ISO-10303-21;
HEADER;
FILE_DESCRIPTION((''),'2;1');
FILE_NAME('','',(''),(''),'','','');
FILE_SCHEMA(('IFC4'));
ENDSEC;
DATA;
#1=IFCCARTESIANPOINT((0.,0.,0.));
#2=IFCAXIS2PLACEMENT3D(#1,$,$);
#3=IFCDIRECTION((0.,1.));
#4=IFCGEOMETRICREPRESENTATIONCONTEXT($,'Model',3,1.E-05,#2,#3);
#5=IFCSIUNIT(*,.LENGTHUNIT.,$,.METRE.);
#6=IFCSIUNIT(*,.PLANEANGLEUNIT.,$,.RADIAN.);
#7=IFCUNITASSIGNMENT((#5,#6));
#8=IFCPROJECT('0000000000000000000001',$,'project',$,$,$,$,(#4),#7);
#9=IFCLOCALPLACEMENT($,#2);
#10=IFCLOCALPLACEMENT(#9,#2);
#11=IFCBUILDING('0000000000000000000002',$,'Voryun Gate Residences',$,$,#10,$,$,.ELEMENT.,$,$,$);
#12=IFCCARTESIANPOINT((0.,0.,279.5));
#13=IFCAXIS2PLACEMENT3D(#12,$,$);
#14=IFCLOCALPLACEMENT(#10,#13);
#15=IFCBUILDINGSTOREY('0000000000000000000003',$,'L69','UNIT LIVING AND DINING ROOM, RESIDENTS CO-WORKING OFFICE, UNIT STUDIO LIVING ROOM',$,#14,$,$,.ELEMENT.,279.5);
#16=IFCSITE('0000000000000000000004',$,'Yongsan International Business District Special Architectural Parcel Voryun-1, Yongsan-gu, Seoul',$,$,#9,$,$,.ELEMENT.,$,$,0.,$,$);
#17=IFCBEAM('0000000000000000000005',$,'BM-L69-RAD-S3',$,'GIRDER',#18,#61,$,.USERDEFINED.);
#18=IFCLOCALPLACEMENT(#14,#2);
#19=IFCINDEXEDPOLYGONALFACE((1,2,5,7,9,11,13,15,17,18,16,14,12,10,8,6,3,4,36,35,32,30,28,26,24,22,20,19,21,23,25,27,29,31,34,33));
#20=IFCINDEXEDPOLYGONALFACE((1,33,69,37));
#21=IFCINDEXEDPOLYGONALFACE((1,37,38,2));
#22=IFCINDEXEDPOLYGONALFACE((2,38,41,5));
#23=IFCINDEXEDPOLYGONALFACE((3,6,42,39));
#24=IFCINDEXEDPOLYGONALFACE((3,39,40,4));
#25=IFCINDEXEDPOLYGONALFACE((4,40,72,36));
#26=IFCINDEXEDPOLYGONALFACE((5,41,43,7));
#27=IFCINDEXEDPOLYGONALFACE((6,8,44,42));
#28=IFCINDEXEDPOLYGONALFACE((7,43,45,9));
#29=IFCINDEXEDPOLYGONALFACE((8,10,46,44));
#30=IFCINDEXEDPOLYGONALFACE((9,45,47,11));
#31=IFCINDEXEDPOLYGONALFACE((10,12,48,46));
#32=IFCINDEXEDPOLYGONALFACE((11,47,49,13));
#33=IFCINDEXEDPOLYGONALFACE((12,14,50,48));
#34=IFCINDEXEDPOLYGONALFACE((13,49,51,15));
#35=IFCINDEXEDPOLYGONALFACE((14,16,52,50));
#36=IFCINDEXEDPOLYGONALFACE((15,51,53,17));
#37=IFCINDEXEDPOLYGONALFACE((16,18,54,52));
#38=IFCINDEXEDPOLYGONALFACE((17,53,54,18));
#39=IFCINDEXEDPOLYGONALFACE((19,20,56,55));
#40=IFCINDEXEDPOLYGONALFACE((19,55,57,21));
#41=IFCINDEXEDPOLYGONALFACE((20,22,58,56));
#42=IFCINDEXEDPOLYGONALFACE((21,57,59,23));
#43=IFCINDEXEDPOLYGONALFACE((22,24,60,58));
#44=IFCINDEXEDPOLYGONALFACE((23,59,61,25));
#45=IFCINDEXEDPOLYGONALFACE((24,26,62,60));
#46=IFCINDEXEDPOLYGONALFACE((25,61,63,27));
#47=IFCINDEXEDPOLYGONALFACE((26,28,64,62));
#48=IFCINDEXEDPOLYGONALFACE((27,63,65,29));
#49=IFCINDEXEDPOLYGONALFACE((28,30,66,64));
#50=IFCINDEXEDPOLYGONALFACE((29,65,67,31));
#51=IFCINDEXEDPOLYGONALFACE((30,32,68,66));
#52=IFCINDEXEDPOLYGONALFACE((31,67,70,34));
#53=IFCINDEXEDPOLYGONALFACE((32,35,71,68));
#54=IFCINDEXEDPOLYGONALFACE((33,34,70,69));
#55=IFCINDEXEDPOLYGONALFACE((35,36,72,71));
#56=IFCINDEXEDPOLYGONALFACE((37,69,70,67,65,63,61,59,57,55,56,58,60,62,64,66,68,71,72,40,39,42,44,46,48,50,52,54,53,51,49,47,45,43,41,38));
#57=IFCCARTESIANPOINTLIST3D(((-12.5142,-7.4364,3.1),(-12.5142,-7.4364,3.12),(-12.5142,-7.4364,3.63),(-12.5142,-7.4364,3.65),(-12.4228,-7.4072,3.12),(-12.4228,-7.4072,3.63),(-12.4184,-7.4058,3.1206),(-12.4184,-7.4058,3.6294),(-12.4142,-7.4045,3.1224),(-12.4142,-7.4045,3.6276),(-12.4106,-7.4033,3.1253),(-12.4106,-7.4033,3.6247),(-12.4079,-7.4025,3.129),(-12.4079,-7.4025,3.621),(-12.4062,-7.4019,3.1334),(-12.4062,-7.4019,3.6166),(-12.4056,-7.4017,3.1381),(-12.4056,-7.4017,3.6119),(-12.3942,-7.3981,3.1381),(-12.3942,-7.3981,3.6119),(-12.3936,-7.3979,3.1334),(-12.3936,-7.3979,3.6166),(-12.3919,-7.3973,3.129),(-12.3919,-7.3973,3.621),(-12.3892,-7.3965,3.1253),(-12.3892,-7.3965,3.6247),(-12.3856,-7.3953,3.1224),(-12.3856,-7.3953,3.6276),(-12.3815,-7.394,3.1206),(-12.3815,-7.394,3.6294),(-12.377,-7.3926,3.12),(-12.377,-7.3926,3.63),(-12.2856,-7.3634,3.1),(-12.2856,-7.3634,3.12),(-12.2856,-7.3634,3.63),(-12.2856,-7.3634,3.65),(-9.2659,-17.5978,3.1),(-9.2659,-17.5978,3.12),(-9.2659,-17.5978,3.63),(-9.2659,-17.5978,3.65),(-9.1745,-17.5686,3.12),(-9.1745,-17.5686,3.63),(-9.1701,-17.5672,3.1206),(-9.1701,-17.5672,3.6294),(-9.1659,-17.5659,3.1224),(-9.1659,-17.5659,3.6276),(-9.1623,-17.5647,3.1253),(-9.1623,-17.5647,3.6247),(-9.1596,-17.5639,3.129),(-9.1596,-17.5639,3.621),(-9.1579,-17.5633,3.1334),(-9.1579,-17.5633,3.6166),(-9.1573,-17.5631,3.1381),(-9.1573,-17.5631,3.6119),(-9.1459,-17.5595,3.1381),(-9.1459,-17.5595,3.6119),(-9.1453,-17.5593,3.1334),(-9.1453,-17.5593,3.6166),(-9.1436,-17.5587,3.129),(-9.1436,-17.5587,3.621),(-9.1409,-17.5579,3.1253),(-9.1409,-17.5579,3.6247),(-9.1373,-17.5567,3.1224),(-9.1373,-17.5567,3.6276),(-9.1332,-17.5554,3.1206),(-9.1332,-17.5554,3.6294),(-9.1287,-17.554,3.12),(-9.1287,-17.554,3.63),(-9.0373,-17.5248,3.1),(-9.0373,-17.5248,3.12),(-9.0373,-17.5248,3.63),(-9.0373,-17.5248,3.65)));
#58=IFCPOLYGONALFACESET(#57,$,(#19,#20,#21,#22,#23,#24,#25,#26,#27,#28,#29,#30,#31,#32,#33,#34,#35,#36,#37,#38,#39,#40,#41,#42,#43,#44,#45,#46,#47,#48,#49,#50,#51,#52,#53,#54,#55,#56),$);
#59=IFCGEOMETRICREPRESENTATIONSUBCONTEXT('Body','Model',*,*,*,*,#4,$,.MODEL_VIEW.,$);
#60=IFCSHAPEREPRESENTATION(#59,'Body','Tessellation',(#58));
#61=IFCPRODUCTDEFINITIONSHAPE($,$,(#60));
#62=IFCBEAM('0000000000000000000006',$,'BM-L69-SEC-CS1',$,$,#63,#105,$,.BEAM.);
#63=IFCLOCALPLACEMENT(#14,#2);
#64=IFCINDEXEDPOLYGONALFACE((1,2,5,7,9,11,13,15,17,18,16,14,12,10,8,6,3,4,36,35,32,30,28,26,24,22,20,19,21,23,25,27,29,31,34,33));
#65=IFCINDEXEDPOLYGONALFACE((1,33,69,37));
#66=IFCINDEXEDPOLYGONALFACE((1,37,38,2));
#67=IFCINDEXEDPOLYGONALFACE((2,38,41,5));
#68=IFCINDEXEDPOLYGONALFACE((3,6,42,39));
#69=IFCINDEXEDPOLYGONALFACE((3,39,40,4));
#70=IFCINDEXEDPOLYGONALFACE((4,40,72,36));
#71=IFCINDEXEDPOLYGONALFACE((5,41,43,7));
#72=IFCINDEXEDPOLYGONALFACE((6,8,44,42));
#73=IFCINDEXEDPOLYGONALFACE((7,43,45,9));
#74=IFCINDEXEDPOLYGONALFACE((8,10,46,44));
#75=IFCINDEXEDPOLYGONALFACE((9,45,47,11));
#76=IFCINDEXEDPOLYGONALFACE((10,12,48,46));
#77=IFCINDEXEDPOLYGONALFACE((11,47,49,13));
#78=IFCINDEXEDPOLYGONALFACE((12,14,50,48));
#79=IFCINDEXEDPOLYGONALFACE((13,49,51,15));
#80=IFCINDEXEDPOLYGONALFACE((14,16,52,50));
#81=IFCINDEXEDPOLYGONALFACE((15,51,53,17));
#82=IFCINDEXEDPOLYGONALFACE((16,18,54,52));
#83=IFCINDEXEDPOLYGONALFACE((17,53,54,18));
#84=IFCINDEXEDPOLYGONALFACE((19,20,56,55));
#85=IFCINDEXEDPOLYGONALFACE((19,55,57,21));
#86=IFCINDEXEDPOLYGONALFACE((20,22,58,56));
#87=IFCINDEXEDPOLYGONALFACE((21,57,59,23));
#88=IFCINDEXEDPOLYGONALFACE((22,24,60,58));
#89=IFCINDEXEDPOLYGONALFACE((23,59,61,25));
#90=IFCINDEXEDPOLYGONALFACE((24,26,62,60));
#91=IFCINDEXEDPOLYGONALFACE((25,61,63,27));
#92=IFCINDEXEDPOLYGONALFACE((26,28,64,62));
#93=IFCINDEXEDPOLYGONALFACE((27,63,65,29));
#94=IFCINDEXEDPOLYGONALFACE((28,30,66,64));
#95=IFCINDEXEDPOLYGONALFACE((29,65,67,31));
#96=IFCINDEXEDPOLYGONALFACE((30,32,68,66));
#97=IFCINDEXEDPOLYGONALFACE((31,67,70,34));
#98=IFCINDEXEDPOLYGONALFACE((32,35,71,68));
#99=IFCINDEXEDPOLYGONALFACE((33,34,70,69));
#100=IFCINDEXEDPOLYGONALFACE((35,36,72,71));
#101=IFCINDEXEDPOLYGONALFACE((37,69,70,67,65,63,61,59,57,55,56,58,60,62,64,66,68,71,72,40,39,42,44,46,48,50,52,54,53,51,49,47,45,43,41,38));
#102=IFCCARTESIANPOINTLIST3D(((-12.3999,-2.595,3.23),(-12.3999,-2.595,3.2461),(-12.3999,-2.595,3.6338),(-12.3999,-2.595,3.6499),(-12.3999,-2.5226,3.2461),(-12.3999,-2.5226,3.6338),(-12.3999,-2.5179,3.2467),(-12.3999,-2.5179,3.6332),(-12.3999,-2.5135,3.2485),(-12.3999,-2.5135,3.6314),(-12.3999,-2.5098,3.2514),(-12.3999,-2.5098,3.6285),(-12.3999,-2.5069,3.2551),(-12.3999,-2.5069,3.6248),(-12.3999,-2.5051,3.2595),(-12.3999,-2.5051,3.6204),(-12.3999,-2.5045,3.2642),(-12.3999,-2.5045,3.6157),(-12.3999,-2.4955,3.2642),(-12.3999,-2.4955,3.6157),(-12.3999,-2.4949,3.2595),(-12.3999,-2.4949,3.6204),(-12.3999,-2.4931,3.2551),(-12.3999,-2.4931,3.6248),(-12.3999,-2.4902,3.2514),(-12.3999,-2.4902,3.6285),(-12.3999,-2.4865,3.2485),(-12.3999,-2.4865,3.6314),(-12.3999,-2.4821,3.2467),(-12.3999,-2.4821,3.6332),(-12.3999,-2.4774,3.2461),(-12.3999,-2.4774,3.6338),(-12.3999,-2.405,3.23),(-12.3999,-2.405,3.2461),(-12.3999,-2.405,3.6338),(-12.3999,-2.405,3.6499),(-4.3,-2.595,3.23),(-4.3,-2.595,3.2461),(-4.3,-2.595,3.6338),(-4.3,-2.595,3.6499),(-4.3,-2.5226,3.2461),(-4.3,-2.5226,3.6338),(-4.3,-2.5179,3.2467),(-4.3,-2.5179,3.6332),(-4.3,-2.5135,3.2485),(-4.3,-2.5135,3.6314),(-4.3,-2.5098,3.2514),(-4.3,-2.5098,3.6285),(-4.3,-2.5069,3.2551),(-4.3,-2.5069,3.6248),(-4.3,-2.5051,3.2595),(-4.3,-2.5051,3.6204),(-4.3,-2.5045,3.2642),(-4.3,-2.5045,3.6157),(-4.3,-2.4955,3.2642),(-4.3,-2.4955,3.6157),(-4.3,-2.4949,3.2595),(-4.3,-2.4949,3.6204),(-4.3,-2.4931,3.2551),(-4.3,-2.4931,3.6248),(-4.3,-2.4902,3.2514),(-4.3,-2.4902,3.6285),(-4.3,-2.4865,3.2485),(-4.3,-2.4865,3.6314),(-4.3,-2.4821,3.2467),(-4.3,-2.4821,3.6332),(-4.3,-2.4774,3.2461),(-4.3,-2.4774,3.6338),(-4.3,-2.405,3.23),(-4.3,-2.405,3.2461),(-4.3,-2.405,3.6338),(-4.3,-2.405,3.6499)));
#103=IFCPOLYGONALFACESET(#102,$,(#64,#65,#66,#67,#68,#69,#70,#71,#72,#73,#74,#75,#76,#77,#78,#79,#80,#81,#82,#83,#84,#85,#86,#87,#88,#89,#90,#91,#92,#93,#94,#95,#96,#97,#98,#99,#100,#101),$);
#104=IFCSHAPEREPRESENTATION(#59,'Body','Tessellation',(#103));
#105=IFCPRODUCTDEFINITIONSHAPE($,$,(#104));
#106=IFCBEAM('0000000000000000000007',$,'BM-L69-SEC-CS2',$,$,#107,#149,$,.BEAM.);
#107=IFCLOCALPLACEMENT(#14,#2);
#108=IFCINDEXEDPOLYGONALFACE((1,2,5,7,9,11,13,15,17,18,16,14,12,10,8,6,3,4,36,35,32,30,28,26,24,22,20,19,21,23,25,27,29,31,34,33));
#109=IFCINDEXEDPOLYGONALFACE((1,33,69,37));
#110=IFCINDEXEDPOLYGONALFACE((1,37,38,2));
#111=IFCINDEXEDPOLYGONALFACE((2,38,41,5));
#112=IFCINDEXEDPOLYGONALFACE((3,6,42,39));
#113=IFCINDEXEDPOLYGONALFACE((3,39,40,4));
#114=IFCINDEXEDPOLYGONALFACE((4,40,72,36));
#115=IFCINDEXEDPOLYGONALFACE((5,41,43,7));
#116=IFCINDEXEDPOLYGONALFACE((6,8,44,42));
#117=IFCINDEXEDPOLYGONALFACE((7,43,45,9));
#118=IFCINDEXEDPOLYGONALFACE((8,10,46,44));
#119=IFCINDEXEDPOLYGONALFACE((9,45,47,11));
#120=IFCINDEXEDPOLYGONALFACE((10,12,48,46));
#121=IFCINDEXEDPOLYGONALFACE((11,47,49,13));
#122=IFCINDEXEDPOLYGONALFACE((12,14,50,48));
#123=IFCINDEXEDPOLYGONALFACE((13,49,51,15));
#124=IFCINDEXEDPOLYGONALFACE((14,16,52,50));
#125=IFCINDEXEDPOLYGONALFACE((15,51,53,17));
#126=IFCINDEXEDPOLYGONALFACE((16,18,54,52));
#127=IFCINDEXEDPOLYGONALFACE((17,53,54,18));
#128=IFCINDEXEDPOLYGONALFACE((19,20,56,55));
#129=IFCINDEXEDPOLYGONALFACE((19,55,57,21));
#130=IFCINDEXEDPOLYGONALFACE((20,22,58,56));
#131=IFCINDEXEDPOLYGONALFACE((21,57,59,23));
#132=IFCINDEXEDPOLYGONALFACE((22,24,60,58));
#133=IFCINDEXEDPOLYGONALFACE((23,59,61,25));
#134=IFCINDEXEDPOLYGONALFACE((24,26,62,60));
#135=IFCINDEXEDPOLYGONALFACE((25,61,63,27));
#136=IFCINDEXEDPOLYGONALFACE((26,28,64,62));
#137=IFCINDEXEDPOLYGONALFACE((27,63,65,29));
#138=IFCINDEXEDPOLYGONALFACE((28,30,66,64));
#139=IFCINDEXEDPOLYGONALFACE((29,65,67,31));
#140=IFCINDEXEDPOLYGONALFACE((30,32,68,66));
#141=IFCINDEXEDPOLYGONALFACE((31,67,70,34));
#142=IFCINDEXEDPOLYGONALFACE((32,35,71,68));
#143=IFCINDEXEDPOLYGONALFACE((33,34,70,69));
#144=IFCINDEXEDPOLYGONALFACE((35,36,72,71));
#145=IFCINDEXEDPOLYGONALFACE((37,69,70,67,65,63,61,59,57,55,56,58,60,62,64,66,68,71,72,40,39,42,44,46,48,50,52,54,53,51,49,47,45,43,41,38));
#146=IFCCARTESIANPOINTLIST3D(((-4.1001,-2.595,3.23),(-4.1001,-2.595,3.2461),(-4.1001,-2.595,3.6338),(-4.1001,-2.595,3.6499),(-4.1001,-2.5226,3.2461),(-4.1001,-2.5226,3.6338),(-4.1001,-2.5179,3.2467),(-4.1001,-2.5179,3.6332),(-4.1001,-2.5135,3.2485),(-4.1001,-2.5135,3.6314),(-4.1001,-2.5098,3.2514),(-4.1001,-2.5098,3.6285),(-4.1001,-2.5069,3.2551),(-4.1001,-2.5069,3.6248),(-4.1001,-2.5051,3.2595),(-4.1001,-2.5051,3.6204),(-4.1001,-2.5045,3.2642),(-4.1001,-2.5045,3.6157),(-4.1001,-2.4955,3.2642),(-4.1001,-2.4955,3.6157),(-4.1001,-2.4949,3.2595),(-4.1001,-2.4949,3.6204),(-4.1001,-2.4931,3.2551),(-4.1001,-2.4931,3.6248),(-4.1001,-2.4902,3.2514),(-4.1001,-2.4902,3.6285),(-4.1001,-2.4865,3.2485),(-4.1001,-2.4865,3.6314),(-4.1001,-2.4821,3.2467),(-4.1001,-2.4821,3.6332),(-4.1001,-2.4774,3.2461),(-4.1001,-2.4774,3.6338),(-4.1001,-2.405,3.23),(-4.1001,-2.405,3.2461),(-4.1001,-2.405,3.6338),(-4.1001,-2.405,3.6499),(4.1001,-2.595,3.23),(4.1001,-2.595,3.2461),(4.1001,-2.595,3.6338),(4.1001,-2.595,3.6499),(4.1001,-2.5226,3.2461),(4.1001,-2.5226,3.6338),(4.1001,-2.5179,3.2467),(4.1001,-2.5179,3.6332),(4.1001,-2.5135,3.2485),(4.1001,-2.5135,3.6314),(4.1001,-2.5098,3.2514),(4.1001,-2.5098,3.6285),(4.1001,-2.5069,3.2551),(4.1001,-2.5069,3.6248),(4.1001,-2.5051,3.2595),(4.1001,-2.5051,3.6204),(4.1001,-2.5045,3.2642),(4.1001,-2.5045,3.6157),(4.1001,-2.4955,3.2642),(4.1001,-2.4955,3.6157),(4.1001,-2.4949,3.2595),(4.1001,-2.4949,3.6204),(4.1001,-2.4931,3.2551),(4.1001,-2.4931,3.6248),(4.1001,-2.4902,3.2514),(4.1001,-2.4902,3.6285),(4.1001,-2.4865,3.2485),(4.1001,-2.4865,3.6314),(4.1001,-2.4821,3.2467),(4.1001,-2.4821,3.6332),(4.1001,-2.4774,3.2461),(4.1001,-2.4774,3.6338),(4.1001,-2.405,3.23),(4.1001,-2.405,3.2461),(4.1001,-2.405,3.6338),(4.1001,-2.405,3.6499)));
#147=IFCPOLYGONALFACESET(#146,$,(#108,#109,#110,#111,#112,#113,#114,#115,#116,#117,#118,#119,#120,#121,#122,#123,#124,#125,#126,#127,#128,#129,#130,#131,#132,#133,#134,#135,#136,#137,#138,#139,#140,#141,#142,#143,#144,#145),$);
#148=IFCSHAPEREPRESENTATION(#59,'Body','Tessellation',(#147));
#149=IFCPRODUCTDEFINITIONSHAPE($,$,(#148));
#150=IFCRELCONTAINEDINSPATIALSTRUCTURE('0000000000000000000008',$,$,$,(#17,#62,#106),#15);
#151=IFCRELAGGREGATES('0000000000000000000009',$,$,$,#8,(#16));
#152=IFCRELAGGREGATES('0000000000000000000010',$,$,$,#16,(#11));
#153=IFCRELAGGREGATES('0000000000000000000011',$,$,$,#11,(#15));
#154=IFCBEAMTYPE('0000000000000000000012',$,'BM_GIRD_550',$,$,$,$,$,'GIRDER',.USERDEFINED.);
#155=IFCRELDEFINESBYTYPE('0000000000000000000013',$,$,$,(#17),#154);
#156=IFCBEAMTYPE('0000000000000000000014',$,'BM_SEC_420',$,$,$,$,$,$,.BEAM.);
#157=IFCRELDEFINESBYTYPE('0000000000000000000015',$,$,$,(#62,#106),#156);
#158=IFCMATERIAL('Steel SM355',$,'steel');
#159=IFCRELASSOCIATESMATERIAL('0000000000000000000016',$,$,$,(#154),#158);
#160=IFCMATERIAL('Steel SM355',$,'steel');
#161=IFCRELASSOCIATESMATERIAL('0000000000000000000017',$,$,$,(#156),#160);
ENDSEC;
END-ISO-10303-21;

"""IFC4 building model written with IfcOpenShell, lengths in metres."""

from ifc_helpers import new_model, si_unit, direction, frame, origin, origin_2d, place, context, subcontext, project, spatial, i_section, extrude, material, material_profile, profile_set, type_object, element, save


model = new_model("IFC4")

# Units and contexts
model_context = context("Model", 3, precision=1e-05, world=origin(), true_north=direction((0.0, 1.0)))
body_context = subcontext(model_context, "Body", "Model", "MODEL_VIEW")
ifc_project = project(units=[si_unit("LENGTHUNIT", "METRE"), si_unit("PLANEANGLEUNIT", "RADIAN")], contexts=[model_context])

# Site, building, storey
site_placement = place(None, origin())
site = spatial("IfcSite", under=ifc_project, at=site_placement, Name="Yongsan International Business District Special Architectural Parcel Voryun-1, Yongsan-gu, Seoul", CompositionType="ELEMENT", RefElevation=0.0)
building_placement = place(site_placement, origin())
building = spatial("IfcBuilding", under=site, at=building_placement, Name="Voryun Gate Residences", CompositionType="ELEMENT")
storey_placement = place(building_placement, frame((0.0, 0.0, 279.5)))
storey = spatial("IfcBuildingStorey", under=building, at=storey_placement, Name="L69", Description="UNIT LIVING AND DINING ROOM, RESIDENTS CO-WORKING OFFICE, UNIT STUDIO LIVING ROOM", CompositionType="ELEMENT", Elevation=279.5)

# Beams
ifc_material_1 = material(Name="Steel SM355", Category="steel")
ifc_material_profile_1 = material_profile(ifc_material_1, i_section(OverallWidth=0.24, OverallDepth=0.55, WebThickness=0.012, FlangeThickness=0.02, FilletRadius=0.0181, at=origin_2d()), Name="H-550x240x12x20")
ifc_profile_set_1 = profile_set([ifc_material_profile_1], Name="Steel SM355")
beam_type_1 = type_object("IfcBeamType", Name="BM_GIRD_550", ElementType="GIRDER", PredefinedType="USERDEFINED", material=ifc_profile_set_1)
beam_1_placement = place(storey_placement, frame((-12.3999, -7.3999, 3.375), z_axis=(0.304491, -0.952515, 0.0), x_axis=(0.952515, 0.304491, 0.0)))
element("IfcBeam", 1, at=beam_1_placement, inside=storey, type_object=beam_type_1, Name="BM-L69-RAD-S3", ObjectType="GIRDER", PredefinedType="USERDEFINED", context=body_context, shape_type="SweptSolid", body=[
    extrude(i_section(OverallWidth=0.24, OverallDepth=0.55, WebThickness=0.012, FlangeThickness=0.02, FilletRadius=0.0181, at=origin_2d()), origin(), (0.0, 0.0, 1.0), 10.668),
])
ifc_material_2 = material(Name="Steel SM355", Category="steel")
ifc_material_profile_2 = material_profile(ifc_material_2, i_section(OverallWidth=0.1899, OverallDepth=0.4199, WebThickness=0.009, FlangeThickness=0.0161, FilletRadius=0.0181, at=origin_2d()), Name="H-420x190x9x16")
ifc_profile_set_2 = profile_set([ifc_material_profile_2], Name="Steel SM355")
beam_type_2 = type_object("IfcBeamType", Name="BM_SEC_420", PredefinedType="BEAM", material=ifc_profile_set_2)
beam_2_placement = place(storey_placement, frame((-12.3999, -2.5, 3.4399), z_axis=(1.0, 0.0, 0.0), x_axis=(0.0, 1.0, 0.0)))
element("IfcBeam", 2, at=beam_2_placement, inside=storey, type_object=beam_type_2, Name="BM-L69-SEC-CS1", PredefinedType="BEAM", context=body_context, shape_type="SweptSolid", body=[
    extrude(i_section(OverallWidth=0.1899, OverallDepth=0.4199, WebThickness=0.009, FlangeThickness=0.0161, FilletRadius=0.0181, at=origin_2d()), origin(), (0.0, 0.0, 1.0), 8.0999),
])
beam_3_placement = place(storey_placement, frame((-4.1001, -2.5, 3.4399), z_axis=(1.0, 0.0, 0.0), x_axis=(0.0, 1.0, 0.0)))
element("IfcBeam", 3, at=beam_3_placement, inside=storey, type_object=beam_type_2, Name="BM-L69-SEC-CS2", PredefinedType="BEAM", context=body_context, shape_type="SweptSolid", body=[
    extrude(i_section(OverallWidth=0.1899, OverallDepth=0.4199, WebThickness=0.009, FlangeThickness=0.0161, FilletRadius=0.0181, at=origin_2d()), origin(), (0.0, 0.0, 1.0), 8.2002),
])

save(model, "model.ifc")
